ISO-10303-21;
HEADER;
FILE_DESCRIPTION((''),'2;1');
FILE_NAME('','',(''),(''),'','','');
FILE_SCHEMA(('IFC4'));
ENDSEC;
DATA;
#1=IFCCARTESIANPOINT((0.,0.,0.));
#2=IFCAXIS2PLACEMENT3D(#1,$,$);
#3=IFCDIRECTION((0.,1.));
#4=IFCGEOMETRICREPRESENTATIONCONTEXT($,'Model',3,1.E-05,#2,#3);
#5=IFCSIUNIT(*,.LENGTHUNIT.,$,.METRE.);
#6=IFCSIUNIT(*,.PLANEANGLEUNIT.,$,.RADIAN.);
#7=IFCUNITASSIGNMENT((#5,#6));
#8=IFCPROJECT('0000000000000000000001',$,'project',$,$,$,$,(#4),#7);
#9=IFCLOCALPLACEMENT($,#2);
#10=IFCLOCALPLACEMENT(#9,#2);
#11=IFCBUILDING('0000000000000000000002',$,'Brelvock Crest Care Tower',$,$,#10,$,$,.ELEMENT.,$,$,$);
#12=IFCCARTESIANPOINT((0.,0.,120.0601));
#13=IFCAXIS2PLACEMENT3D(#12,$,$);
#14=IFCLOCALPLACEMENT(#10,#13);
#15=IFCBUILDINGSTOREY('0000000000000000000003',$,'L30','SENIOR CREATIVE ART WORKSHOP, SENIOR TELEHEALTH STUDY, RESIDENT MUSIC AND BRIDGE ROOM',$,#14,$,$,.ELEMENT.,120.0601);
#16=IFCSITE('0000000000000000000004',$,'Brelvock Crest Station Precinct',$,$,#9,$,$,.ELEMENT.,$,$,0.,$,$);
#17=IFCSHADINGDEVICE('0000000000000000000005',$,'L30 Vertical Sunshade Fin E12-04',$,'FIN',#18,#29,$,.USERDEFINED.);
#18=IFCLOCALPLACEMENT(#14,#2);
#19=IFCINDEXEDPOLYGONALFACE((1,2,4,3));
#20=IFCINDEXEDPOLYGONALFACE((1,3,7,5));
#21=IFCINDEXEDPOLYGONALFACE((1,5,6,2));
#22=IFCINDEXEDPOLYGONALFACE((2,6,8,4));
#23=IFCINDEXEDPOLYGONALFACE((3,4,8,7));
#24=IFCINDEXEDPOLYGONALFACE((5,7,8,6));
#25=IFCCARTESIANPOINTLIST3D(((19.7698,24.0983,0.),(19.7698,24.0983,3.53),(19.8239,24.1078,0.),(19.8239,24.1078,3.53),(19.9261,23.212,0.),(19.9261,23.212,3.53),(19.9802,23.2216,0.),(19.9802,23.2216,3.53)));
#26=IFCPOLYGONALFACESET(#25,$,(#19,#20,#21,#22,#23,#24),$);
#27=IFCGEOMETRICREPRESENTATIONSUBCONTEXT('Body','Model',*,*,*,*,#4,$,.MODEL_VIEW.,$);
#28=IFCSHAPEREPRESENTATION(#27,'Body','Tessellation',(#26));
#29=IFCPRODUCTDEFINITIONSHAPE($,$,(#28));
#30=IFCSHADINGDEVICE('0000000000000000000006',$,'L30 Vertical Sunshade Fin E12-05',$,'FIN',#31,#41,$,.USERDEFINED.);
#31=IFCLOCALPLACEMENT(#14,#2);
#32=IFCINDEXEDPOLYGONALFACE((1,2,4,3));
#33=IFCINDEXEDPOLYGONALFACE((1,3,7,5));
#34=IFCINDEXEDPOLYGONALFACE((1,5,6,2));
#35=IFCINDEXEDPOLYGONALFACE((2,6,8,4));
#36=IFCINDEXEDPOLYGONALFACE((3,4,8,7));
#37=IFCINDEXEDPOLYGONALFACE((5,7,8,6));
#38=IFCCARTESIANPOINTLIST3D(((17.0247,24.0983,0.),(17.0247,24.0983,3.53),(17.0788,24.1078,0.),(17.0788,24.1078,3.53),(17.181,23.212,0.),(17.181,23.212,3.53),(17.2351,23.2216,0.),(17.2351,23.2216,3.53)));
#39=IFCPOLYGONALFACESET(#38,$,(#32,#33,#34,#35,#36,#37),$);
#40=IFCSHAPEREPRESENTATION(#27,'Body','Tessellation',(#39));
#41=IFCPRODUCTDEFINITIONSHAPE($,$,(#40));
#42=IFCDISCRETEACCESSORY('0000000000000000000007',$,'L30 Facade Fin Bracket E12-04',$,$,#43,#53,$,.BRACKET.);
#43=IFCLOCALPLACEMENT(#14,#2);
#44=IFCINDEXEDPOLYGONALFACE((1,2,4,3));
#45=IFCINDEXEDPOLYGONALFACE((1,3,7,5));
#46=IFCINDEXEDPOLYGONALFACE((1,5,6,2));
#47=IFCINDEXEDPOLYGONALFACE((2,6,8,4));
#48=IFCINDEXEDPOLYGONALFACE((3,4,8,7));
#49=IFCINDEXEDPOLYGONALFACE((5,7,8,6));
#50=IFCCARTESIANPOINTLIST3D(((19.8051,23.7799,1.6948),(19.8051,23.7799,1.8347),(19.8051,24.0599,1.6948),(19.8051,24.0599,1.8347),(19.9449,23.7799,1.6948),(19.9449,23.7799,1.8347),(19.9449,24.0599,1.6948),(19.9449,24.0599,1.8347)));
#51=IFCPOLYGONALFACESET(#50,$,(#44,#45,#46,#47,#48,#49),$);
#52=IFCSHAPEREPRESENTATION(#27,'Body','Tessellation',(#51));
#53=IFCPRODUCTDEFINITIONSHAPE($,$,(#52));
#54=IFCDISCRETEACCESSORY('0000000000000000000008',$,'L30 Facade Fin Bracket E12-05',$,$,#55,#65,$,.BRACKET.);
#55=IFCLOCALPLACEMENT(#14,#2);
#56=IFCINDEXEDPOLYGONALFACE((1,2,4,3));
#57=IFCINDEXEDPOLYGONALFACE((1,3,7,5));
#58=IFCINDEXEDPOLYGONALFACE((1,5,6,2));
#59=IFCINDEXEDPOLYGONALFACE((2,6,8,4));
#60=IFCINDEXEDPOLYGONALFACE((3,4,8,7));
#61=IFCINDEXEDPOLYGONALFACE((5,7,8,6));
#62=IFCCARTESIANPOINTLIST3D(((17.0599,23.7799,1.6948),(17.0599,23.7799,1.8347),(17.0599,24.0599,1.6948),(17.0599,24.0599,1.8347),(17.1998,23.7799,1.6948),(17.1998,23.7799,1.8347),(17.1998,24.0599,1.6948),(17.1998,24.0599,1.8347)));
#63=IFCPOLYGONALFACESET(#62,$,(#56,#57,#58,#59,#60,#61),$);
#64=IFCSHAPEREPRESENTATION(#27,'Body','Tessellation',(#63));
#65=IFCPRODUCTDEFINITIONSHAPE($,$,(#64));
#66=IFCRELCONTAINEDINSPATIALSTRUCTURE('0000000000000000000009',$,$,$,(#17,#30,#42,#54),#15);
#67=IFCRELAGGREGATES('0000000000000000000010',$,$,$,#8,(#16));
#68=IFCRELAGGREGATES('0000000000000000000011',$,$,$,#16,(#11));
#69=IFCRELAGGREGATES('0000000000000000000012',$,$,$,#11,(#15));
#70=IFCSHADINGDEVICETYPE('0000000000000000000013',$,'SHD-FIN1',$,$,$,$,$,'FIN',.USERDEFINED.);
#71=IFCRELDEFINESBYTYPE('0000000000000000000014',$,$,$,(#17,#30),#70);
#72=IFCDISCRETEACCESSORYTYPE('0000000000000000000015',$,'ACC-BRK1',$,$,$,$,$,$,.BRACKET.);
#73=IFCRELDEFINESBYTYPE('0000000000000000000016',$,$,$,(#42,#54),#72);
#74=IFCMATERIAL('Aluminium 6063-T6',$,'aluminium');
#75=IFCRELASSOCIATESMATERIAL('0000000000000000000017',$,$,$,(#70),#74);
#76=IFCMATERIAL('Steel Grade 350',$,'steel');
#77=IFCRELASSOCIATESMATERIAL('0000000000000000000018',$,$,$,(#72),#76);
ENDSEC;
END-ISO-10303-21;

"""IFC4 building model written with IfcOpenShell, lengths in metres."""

from ifc_helpers import new_model, si_unit, direction, frame, origin, origin_2d, place, context, subcontext, project, spatial, rectangle, extrude, source, transform, mapped, material, material_profile, profile_set, type_object, element, save


model = new_model("IFC4")

# Units and contexts
model_context = context("Model", 3, precision=1e-05, world=origin(), true_north=direction((0.0, 1.0)))
body_context = subcontext(model_context, "Body", "Model", "MODEL_VIEW")
ifc_project = project(units=[si_unit("LENGTHUNIT", "METRE"), si_unit("PLANEANGLEUNIT", "RADIAN")], contexts=[model_context])

# Site, building, storey
site_placement = place(None, origin())
site = spatial("IfcSite", under=ifc_project, at=site_placement, Name="Brelvock Crest Station Precinct", CompositionType="ELEMENT", RefElevation=0.0)
building_placement = place(site_placement, origin())
building = spatial("IfcBuilding", under=site, at=building_placement, Name="Brelvock Crest Care Tower", CompositionType="ELEMENT")
storey_placement = place(building_placement, frame((0.0, 0.0, 120.0601)))
storey = spatial("IfcBuildingStorey", under=building, at=storey_placement, Name="L30", Description="SENIOR CREATIVE ART WORKSHOP, SENIOR TELEHEALTH STUDY, RESIDENT MUSIC AND BRIDGE ROOM", CompositionType="ELEMENT", Elevation=120.0601)

# Shared definitions
ifc_material_1 = material(Name="Steel Grade 350", Category="steel")

# Shared definitions
ifc_material_2 = material(Name="Aluminium 6063-T6", Category="aluminium")

# Shading devices
ifc_material_profile_1 = material_profile(ifc_material_2, rectangle(XDim=0.0549, YDim=0.8999, at=origin_2d()), Name="FIN55x900")
ifc_profile_set_1 = profile_set([ifc_material_profile_1], Name="Aluminium 6063-T6")
shading_device_type = type_object("IfcShadingDeviceType", Name="SHD-FIN1", ElementType="FIN", PredefinedType="USERDEFINED", material=ifc_profile_set_1)
shared_shape_1 = source(origin(), body_context, "Body", "SweptSolid", [
    extrude(rectangle(XDim=0.0549, YDim=0.8999, at=origin_2d()), origin(), (0.0, 0.0, 1.0), 3.53),
])
for number, where, z_axis, x_axis, name in (
    (1, (19.875, 23.6599, 0.0), (0.0, 0.0, 1.0), (-0.984808, -0.173648, 0.0), "L30 Vertical Sunshade Fin E12-04"),
    (2, (17.1299, 23.6599, 0.0), (0.0, 0.0, 1.0), (-0.984808, -0.173648, 0.0), "L30 Vertical Sunshade Fin E12-05"),
):
    element("IfcShadingDevice", number, at=place(storey_placement, frame(where, z_axis=z_axis, x_axis=x_axis)), inside=storey, type_object=shading_device_type, Name=name, ObjectType="FIN", PredefinedType="USERDEFINED", context=body_context, shape_type="MappedRepresentation", body=[
        mapped(shared_shape_1, transform((0.0, 0.0, 0.0), x_axis=(1.0, 0.0, 0.0), y_axis=(0.0, 1.0, 0.0), z_axis=(0.0, 0.0, 1.0), scale=1.0)),
    ])

# Discrete accessories
discrete_accessory_type = type_object("IfcDiscreteAccessoryType", Name="ACC-BRK1", PredefinedType="BRACKET", material=ifc_material_1)
shared_shape_2 = source(origin(), body_context, "Body", "SweptSolid", [
    extrude(rectangle(XDim=0.28, YDim=0.1399, at=origin_2d()), origin(), (0.0, 0.0, 1.0), 0.1399),
])
for number, where, z_axis, x_axis, name in (
    (3, (19.875, 23.9199, 1.6948), (0.0, 0.0, 1.0), (0.0, -1.0, 0.0), "L30 Facade Fin Bracket E12-04"),
    (4, (17.1299, 23.9199, 1.6948), (0.0, 0.0, 1.0), (0.0, -1.0, 0.0), "L30 Facade Fin Bracket E12-05"),
):
    element("IfcDiscreteAccessory", number, at=place(storey_placement, frame(where, z_axis=z_axis, x_axis=x_axis)), inside=storey, type_object=discrete_accessory_type, Name=name, PredefinedType="BRACKET", context=body_context, shape_type="MappedRepresentation", body=[
        mapped(shared_shape_2, transform((0.0, 0.0, 0.0), x_axis=(1.0, 0.0, 0.0), y_axis=(0.0, 1.0, 0.0), z_axis=(0.0, 0.0, 1.0), scale=1.0)),
    ])

save(model, "model.ifc")
